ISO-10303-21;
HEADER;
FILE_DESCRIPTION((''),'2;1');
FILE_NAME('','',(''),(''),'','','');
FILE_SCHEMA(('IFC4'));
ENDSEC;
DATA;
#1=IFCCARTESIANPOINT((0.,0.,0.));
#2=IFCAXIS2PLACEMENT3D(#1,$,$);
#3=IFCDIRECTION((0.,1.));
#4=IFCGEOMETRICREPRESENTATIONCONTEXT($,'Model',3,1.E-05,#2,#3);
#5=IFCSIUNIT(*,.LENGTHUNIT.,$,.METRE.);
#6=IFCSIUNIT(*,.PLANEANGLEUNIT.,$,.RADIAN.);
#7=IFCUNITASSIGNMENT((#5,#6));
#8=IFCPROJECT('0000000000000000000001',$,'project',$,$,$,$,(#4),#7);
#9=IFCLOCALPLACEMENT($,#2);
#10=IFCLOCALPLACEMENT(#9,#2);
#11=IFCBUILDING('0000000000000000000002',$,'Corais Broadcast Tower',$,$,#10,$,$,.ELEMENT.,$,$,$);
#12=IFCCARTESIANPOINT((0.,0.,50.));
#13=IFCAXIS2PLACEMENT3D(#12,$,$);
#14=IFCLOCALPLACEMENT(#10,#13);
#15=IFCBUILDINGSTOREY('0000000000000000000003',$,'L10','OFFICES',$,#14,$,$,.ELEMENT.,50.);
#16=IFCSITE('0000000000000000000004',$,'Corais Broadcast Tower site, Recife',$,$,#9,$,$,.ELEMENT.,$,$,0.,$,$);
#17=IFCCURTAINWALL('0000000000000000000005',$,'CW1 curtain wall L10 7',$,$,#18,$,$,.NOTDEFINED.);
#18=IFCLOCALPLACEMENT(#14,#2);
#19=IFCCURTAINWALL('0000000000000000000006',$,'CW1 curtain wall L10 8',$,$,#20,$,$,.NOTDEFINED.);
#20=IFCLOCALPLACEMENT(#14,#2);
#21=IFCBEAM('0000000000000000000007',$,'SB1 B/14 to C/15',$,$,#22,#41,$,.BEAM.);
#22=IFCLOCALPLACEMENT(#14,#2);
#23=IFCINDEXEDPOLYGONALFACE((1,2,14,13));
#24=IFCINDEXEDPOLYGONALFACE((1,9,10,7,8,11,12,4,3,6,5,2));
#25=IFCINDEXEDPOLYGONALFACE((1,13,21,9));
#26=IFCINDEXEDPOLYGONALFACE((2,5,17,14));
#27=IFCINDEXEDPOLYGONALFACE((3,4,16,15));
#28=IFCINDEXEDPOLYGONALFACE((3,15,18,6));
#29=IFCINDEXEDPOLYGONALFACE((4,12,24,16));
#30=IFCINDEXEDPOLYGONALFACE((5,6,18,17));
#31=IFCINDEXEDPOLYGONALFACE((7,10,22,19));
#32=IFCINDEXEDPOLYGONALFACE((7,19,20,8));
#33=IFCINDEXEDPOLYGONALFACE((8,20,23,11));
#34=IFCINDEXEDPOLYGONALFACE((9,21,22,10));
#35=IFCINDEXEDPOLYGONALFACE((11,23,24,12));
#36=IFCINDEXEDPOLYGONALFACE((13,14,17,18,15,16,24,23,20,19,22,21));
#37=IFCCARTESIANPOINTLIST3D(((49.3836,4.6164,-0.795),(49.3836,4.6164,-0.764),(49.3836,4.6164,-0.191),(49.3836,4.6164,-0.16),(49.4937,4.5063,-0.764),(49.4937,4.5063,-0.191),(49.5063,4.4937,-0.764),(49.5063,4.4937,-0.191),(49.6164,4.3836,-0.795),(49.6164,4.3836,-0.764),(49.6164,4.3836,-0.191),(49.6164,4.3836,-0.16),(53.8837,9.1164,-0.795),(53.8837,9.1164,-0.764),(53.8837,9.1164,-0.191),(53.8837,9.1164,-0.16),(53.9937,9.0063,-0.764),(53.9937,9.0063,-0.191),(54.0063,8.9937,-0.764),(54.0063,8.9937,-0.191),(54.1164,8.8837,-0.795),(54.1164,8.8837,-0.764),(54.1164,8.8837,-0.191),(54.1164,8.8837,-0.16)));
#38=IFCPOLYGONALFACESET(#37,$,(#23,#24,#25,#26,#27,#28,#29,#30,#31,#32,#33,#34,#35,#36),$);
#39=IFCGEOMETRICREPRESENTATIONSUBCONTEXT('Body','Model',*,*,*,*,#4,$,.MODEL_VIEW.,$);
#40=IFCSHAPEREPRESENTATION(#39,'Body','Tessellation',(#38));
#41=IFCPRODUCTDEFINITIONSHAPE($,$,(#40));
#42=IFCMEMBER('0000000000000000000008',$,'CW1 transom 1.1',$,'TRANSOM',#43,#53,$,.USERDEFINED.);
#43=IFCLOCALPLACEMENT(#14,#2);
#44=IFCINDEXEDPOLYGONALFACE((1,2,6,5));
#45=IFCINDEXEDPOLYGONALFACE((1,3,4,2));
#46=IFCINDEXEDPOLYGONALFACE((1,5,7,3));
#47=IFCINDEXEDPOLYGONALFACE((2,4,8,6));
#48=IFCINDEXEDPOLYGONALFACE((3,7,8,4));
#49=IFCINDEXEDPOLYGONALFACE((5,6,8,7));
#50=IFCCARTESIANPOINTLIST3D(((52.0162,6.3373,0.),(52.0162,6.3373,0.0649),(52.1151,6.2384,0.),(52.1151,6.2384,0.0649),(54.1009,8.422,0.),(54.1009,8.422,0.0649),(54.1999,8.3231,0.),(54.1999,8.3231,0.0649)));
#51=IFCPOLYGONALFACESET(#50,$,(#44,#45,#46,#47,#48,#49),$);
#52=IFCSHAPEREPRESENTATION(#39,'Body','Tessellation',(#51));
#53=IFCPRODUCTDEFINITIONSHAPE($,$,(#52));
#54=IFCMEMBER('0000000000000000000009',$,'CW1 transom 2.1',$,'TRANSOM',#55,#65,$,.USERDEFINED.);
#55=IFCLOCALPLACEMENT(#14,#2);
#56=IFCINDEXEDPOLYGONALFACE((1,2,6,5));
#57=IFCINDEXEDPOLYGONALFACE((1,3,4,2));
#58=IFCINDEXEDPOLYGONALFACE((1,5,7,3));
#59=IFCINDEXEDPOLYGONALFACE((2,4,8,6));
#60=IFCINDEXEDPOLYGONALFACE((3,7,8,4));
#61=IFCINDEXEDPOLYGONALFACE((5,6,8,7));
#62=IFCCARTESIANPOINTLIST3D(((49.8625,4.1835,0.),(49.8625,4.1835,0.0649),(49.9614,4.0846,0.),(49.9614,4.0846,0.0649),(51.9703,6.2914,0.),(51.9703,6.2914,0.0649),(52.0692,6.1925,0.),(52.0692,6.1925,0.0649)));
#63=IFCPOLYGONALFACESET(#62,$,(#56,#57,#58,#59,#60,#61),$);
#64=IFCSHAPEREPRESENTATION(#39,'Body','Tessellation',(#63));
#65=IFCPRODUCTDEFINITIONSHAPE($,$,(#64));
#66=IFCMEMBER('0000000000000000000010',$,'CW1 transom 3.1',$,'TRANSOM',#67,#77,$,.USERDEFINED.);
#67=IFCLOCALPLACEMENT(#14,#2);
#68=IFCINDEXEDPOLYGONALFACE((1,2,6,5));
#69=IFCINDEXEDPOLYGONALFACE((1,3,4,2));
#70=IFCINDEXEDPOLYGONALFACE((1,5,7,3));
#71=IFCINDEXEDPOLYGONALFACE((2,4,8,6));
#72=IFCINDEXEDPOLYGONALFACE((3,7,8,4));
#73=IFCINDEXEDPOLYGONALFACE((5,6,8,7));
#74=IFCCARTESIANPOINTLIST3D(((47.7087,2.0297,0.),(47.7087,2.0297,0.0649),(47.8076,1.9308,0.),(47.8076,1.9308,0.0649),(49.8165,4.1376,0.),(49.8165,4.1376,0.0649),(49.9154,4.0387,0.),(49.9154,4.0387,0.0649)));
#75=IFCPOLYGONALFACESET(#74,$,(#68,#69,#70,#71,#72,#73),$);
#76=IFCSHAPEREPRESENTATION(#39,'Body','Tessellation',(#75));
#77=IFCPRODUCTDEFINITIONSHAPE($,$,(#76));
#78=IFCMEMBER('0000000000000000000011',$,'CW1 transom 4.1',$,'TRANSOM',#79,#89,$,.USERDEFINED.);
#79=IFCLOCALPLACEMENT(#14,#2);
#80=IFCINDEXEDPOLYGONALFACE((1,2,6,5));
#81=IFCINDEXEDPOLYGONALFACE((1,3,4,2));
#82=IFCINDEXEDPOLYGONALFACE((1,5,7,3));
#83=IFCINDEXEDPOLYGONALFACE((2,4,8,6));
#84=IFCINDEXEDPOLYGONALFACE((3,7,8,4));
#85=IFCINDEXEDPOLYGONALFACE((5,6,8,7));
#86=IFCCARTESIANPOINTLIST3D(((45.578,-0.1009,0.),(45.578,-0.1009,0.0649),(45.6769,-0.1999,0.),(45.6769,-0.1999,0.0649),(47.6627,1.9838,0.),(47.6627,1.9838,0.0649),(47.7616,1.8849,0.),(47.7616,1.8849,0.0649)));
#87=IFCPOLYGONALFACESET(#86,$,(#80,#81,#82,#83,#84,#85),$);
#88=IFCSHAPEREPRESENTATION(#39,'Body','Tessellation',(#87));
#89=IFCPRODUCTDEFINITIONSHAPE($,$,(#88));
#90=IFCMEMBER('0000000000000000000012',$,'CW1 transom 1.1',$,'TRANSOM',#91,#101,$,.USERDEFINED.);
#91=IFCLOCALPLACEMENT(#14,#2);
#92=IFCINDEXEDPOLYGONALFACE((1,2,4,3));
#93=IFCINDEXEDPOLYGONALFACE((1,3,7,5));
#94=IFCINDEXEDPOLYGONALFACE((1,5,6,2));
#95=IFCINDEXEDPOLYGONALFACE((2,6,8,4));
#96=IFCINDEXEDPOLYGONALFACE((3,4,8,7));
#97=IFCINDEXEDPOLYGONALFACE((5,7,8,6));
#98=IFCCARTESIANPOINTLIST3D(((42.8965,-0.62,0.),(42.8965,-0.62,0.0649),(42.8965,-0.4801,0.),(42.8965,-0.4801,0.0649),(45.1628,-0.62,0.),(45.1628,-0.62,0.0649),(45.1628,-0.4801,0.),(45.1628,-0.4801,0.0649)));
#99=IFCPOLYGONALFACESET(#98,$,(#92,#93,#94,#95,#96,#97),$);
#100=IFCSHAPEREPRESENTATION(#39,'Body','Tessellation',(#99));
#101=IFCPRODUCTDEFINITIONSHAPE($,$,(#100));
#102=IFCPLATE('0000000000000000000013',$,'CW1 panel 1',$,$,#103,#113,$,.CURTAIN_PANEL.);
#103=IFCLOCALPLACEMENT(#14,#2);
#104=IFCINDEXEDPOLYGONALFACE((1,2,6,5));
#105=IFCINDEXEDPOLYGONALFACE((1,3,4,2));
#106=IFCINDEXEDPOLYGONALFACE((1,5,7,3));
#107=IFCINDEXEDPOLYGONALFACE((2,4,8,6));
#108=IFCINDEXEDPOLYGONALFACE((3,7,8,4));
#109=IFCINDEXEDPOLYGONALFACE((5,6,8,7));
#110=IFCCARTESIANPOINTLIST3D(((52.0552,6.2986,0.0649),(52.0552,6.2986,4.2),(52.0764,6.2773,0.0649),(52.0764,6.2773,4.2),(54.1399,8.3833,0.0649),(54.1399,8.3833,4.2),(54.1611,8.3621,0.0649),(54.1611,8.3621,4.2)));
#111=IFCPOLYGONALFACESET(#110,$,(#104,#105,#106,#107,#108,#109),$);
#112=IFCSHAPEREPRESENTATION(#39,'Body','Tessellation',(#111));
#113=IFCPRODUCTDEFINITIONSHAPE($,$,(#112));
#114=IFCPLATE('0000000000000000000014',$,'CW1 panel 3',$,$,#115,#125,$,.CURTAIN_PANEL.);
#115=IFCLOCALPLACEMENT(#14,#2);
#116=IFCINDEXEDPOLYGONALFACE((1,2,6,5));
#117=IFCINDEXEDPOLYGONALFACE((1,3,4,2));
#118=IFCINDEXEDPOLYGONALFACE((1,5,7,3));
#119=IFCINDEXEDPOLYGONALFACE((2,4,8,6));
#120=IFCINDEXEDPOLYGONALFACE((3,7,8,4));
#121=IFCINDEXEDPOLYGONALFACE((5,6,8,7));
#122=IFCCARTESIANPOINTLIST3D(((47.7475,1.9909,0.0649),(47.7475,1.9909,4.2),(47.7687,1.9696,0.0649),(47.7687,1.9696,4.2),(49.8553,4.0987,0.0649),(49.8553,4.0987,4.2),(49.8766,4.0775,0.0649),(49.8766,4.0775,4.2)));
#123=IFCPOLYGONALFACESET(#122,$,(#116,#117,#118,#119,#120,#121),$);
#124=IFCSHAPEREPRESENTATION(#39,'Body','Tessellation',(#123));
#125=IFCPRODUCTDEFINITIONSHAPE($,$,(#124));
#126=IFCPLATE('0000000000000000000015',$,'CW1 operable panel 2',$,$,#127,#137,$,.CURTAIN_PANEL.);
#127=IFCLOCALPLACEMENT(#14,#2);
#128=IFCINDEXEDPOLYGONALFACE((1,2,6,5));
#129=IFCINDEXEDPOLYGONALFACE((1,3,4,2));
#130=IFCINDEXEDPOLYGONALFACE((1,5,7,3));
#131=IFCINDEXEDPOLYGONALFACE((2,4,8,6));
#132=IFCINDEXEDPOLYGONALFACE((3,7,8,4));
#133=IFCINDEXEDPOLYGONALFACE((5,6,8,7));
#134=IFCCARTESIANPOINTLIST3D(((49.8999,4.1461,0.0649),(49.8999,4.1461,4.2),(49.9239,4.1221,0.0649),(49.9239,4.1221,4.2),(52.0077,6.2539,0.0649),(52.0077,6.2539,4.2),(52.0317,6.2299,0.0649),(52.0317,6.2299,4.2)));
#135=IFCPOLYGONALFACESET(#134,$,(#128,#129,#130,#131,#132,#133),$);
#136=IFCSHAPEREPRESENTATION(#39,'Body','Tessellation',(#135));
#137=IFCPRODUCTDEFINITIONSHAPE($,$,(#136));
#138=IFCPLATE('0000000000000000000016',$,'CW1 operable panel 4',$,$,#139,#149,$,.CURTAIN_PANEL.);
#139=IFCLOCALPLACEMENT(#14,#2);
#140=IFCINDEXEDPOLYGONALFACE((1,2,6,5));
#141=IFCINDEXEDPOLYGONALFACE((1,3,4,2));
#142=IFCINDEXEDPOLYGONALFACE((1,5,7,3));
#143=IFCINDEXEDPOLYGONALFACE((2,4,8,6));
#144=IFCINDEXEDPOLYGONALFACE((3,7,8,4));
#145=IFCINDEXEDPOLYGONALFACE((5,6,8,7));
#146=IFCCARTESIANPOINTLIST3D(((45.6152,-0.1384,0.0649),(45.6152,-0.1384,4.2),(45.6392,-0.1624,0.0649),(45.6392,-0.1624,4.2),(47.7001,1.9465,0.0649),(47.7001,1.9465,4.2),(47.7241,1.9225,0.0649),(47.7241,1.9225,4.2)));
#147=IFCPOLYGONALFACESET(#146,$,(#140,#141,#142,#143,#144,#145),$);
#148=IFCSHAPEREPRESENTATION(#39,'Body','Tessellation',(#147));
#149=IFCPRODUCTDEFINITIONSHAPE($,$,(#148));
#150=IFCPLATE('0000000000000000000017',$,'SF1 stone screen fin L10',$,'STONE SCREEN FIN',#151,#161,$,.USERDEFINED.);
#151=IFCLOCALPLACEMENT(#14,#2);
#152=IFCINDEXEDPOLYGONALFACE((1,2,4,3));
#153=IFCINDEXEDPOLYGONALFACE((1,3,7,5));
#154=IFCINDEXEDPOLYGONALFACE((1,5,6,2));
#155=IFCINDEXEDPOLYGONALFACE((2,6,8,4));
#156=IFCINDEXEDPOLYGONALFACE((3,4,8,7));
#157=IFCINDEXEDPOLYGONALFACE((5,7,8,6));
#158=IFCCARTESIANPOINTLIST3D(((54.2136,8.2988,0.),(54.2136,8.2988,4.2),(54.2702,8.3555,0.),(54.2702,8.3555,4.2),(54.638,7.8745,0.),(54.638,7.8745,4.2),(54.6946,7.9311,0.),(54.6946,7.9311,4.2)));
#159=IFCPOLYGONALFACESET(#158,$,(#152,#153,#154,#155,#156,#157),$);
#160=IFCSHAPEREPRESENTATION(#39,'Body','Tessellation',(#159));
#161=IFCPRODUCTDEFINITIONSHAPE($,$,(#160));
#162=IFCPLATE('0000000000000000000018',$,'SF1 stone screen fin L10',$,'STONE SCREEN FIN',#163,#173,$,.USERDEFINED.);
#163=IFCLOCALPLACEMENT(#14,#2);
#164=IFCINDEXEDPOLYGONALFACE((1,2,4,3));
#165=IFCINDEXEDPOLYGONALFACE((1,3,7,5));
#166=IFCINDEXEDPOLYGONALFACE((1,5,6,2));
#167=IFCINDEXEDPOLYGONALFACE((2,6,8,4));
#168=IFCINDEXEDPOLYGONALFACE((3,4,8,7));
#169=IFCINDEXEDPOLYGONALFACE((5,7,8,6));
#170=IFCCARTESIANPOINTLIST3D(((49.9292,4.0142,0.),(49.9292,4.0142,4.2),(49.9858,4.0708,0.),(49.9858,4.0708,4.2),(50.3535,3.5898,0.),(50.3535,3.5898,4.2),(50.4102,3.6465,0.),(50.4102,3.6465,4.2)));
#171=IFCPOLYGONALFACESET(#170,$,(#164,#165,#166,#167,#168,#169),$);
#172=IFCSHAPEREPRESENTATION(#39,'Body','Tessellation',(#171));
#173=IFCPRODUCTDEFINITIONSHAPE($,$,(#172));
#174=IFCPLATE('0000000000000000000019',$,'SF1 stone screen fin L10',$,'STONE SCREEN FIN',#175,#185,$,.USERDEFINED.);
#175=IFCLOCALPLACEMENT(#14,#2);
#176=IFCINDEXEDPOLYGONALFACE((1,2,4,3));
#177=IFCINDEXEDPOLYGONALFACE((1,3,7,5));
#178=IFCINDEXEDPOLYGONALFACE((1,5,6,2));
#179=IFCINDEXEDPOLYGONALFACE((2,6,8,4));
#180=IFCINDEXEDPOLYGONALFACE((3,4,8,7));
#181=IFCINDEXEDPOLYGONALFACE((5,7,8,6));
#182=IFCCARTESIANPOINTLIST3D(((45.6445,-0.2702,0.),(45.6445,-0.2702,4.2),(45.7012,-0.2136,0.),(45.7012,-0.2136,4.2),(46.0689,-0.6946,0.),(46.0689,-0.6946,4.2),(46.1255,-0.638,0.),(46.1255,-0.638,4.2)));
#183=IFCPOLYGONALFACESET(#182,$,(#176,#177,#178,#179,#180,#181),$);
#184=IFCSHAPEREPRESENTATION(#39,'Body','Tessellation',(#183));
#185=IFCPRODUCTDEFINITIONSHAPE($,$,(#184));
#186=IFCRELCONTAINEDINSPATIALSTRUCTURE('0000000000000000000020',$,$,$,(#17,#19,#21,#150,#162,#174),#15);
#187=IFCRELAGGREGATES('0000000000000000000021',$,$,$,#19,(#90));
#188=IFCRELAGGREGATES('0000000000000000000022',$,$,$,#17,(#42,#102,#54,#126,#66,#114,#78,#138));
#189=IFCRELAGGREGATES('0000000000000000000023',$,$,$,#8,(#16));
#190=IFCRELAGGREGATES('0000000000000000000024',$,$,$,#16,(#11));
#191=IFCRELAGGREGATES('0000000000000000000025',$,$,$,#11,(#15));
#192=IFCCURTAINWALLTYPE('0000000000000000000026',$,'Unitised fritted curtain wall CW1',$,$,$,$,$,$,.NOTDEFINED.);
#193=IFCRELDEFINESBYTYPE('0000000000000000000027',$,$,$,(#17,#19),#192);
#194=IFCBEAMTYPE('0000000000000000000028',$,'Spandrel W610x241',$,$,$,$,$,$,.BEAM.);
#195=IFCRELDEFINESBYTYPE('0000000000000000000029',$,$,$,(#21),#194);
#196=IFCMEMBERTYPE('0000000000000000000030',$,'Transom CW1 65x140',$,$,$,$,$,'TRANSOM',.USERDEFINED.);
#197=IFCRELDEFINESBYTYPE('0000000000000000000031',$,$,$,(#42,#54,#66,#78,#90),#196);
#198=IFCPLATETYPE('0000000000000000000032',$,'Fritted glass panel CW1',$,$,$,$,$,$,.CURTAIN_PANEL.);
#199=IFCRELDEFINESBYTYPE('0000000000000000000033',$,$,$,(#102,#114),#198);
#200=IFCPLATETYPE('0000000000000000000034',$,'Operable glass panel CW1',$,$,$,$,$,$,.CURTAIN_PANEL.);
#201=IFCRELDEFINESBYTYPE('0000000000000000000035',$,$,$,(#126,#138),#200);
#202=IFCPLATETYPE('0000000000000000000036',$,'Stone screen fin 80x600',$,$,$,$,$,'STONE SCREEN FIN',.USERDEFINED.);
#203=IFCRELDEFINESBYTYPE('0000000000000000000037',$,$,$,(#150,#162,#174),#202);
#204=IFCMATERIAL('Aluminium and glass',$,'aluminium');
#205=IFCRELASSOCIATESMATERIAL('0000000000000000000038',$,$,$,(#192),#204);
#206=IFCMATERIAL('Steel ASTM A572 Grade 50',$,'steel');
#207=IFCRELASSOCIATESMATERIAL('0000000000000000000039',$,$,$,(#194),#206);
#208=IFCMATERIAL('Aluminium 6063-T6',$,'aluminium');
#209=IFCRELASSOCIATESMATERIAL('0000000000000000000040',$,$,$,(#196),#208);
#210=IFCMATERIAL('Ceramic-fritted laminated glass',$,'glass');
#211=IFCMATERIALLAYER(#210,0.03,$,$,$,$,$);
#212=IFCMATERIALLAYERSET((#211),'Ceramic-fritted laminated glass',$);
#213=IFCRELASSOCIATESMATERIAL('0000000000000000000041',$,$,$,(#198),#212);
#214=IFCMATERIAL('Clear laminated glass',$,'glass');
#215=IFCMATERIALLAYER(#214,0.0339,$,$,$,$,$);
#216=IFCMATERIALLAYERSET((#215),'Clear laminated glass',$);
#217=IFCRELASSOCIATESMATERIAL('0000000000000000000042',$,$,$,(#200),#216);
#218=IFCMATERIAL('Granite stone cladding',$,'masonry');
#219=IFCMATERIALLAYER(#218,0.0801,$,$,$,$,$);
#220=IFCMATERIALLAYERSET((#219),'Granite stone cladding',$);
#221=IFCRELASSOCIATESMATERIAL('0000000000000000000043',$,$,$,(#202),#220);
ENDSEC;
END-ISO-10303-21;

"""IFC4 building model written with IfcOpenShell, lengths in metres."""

from ifc_helpers import new_model, si_unit, direction, frame, origin, origin_2d, place, context, subcontext, project, spatial, rectangle, i_section, extrude, material, layer, layer_set, material_profile, profile_set, type_object, element, aggregate, save


model = new_model("IFC4")

# Units and contexts
model_context = context("Model", 3, precision=1e-05, world=origin(), true_north=direction((0.0, 1.0)))
body_context = subcontext(model_context, "Body", "Model", "MODEL_VIEW")
ifc_project = project(units=[si_unit("LENGTHUNIT", "METRE"), si_unit("PLANEANGLEUNIT", "RADIAN")], contexts=[model_context])

# Site, building, storey
site_placement = place(None, origin())
site = spatial("IfcSite", under=ifc_project, at=site_placement, Name="Corais Broadcast Tower site, Recife", CompositionType="ELEMENT", RefElevation=0.0)
building_placement = place(site_placement, origin())
building = spatial("IfcBuilding", under=site, at=building_placement, Name="Corais Broadcast Tower", CompositionType="ELEMENT")
storey_placement = place(building_placement, frame((0.0, 0.0, 50.0)))
storey = spatial("IfcBuildingStorey", under=building, at=storey_placement, Name="L10", Description="OFFICES", CompositionType="ELEMENT", Elevation=50.0)

# Shared definitions
ifc_material_1 = material(Name="Aluminium and glass", Category="aluminium")
curtain_wall_type = type_object("IfcCurtainWallType", Name="Unitised fritted curtain wall CW1", PredefinedType="NOTDEFINED", material=ifc_material_1)

# Curtain wall
curtain_wall_1_placement = place(storey_placement, origin())
curtain_wall_1 = element("IfcCurtainWall", 1, at=curtain_wall_1_placement, inside=storey, type_object=curtain_wall_type, Name="CW1 curtain wall L10 7", PredefinedType="NOTDEFINED")

# Curtain wall
curtain_wall_2_placement = place(storey_placement, origin())
curtain_wall_2 = element("IfcCurtainWall", 2, at=curtain_wall_2_placement, inside=storey, type_object=curtain_wall_type, Name="CW1 curtain wall L10 8", PredefinedType="NOTDEFINED")

# Beam
ifc_material_2 = material(Name="Steel ASTM A572 Grade 50", Category="steel")
ifc_material_profile_1 = material_profile(ifc_material_2, i_section(OverallWidth=0.3291, OverallDepth=0.635, WebThickness=0.0178, FlangeThickness=0.031, at=origin_2d()), Name="W610x241")
ifc_profile_set_1 = profile_set([ifc_material_profile_1], Name="Steel ASTM A572 Grade 50")
beam_type_1 = type_object("IfcBeamType", Name="Spandrel W610x241", PredefinedType="BEAM", material=ifc_profile_set_1)
for number, where, z_axis, x_axis, name in (
    (3, (49.5, 4.5, -0.4775), (0.707107, 0.707107, 0.0), (-0.707107, 0.707107, 0.0), "SB1 B/14 to C/15"),
):
    element("IfcBeam", number, at=place(storey_placement, frame(where, z_axis=z_axis, x_axis=x_axis)), inside=storey, type_object=beam_type_1, Name=name, PredefinedType="BEAM", context=body_context, shape_type="SweptSolid", body=[
        extrude(i_section(OverallWidth=0.3291, OverallDepth=0.635, WebThickness=0.0178, FlangeThickness=0.031, at=origin_2d()), origin(), (0.0, 0.0, 1.0), 6.364),
    ])

# Members
ifc_material_3 = material(Name="Aluminium 6063-T6", Category="aluminium")
ifc_material_profile_2 = material_profile(ifc_material_3, rectangle(XDim=0.1399, YDim=0.0649, at=origin_2d()), Name="Transom CW1 65x140")
ifc_profile_set_2 = profile_set([ifc_material_profile_2], Name="Aluminium 6063-T6")
member_type_1 = type_object("IfcMemberType", Name="Transom CW1 65x140", ElementType="TRANSOM", PredefinedType="USERDEFINED", material=ifc_profile_set_2)
member_1_placement = place(storey_placement, frame((54.1504, 8.3726, 0.0325), z_axis=(-0.707107, -0.707107, 0.0), x_axis=(0.707107, -0.707107, 0.0)))
member_1 = element("IfcMember", 4, at=member_1_placement, type_object=member_type_1, Name="CW1 transom 1.1", ObjectType="TRANSOM", PredefinedType="USERDEFINED", context=body_context, shape_type="SweptSolid", body=[
    extrude(rectangle(XDim=0.1399, YDim=0.0649, at=origin_2d()), origin(), (0.0, 0.0, 1.0), 2.9482),
])
member_2_placement = place(storey_placement, frame((52.0198, 6.2419, 0.0325), z_axis=(-0.707107, -0.707107, 0.0), x_axis=(0.707107, -0.707107, 0.0)))
member_2 = element("IfcMember", 5, at=member_2_placement, type_object=member_type_1, Name="CW1 transom 2.1", ObjectType="TRANSOM", PredefinedType="USERDEFINED", context=body_context, shape_type="SweptSolid", body=[
    extrude(rectangle(XDim=0.1399, YDim=0.0649, at=origin_2d()), origin(), (0.0, 0.0, 1.0), 2.981),
])
member_3_placement = place(storey_placement, frame((49.866, 4.0881, 0.0325), z_axis=(-0.707107, -0.707107, 0.0), x_axis=(0.707107, -0.707107, 0.0)))
member_3 = element("IfcMember", 6, at=member_3_placement, type_object=member_type_1, Name="CW1 transom 3.1", ObjectType="TRANSOM", PredefinedType="USERDEFINED", context=body_context, shape_type="SweptSolid", body=[
    extrude(rectangle(XDim=0.1399, YDim=0.0649, at=origin_2d()), origin(), (0.0, 0.0, 1.0), 2.981),
])
member_4_placement = place(storey_placement, frame((47.7122, 1.9343, 0.0325), z_axis=(-0.707107, -0.707107, 0.0), x_axis=(0.707107, -0.707107, 0.0)))
member_4 = element("IfcMember", 7, at=member_4_placement, type_object=member_type_1, Name="CW1 transom 4.1", ObjectType="TRANSOM", PredefinedType="USERDEFINED", context=body_context, shape_type="SweptSolid", body=[
    extrude(rectangle(XDim=0.1399, YDim=0.0649, at=origin_2d()), origin(), (0.0, 0.0, 1.0), 2.9482),
])
member_5_placement = place(storey_placement, frame((45.1628, -0.55, 0.0325), z_axis=(-1.0, 0.0, 0.0), x_axis=(0.0, -1.0, 0.0)))
member_5 = element("IfcMember", 8, at=member_5_placement, type_object=member_type_1, Name="CW1 transom 1.1", ObjectType="TRANSOM", PredefinedType="USERDEFINED", context=body_context, shape_type="SweptSolid", body=[
    extrude(rectangle(XDim=0.1399, YDim=0.0649, at=origin_2d()), origin(), (0.0, 0.0, 1.0), 2.2664),
])
aggregate(curtain_wall_2, [member_5])

# Plates
ifc_material_4 = material(Name="Ceramic-fritted laminated glass", Category="glass")
ifc_layer_1 = layer(ifc_material_4, 0.03)
ifc_layer_set_1 = layer_set([ifc_layer_1], Name="Ceramic-fritted laminated glass")
plate_type_1 = type_object("IfcPlateType", Name="Fritted glass panel CW1", PredefinedType="CURTAIN_PANEL", material=ifc_layer_set_1)
plate_1_placement = place(storey_placement, frame((53.1082, 7.3303, 0.0649), z_axis=(0.0, 0.0, 1.0), x_axis=(-0.707107, -0.707107, 0.0)))
plate_1 = element("IfcPlate", 9, at=plate_1_placement, type_object=plate_type_1, Name="CW1 panel 1", PredefinedType="CURTAIN_PANEL", context=body_context, shape_type="SweptSolid", body=[
    extrude(rectangle(XDim=2.9482, YDim=0.03, at=origin_2d()), origin(), (0.0, 0.0, 1.0), 4.135),
])
plate_2_placement = place(storey_placement, frame((48.812, 3.0342, 0.0649), z_axis=(0.0, 0.0, 1.0), x_axis=(-0.707107, -0.707107, 0.0)))
plate_2 = element("IfcPlate", 10, at=plate_2_placement, type_object=plate_type_1, Name="CW1 panel 3", PredefinedType="CURTAIN_PANEL", context=body_context, shape_type="SweptSolid", body=[
    extrude(rectangle(XDim=2.981, YDim=0.03, at=origin_2d()), origin(), (0.0, 0.0, 1.0), 4.135),
])
ifc_material_5 = material(Name="Clear laminated glass", Category="glass")
ifc_layer_2 = layer(ifc_material_5, 0.0339)
ifc_layer_set_2 = layer_set([ifc_layer_2], Name="Clear laminated glass")
plate_type_2 = type_object("IfcPlateType", Name="Operable glass panel CW1", PredefinedType="CURTAIN_PANEL", material=ifc_layer_set_2)
plate_3_placement = place(storey_placement, frame((50.9658, 5.188, 0.0649), z_axis=(0.0, 0.0, 1.0), x_axis=(-0.707107, -0.707107, 0.0)))
plate_3 = element("IfcPlate", 11, at=plate_3_placement, type_object=plate_type_2, Name="CW1 operable panel 2", PredefinedType="CURTAIN_PANEL", context=body_context, shape_type="SweptSolid", body=[
    extrude(rectangle(XDim=2.981, YDim=0.0339, at=origin_2d()), origin(), (0.0, 0.0, 1.0), 4.135),
])
plate_4_placement = place(storey_placement, frame((46.6697, 0.8921, 0.0649), z_axis=(0.0, 0.0, 1.0), x_axis=(-0.707107, -0.707107, 0.0)))
plate_4 = element("IfcPlate", 12, at=plate_4_placement, type_object=plate_type_2, Name="CW1 operable panel 4", PredefinedType="CURTAIN_PANEL", context=body_context, shape_type="SweptSolid", body=[
    extrude(rectangle(XDim=2.9485, YDim=0.0339, at=origin_2d()), origin(), (0.0, 0.0, 1.0), 4.135),
])
aggregate(curtain_wall_1, [member_1, plate_1, member_2, plate_3, member_3, plate_2, member_4, plate_4])

# Plates
ifc_material_6 = material(Name="Granite stone cladding", Category="masonry")
ifc_layer_3 = layer(ifc_material_6, 0.0801)
ifc_layer_set_3 = layer_set([ifc_layer_3], Name="Granite stone cladding")
plate_type_3 = type_object("IfcPlateType", Name="Stone screen fin 80x600", ElementType="STONE SCREEN FIN", PredefinedType="USERDEFINED", material=ifc_layer_set_3)
for number, where, z_axis, x_axis, name in (
    (13, (54.4541, 8.115, 0.0), (0.0, 0.0, 1.0), (-0.707107, -0.707107, 0.0), "SF1 stone screen fin L10"),
    (14, (50.1697, 3.8303, 0.0), (0.0, 0.0, 1.0), (-0.707107, -0.707107, 0.0), "SF1 stone screen fin L10"),
    (15, (45.885, -0.4541, 0.0), (0.0, 0.0, 1.0), (-0.707107, -0.707107, 0.0), "SF1 stone screen fin L10"),
):
    element("IfcPlate", number, at=place(storey_placement, frame(where, z_axis=z_axis, x_axis=x_axis)), inside=storey, type_object=plate_type_3, Name=name, ObjectType="STONE SCREEN FIN", PredefinedType="USERDEFINED", context=body_context, shape_type="SweptSolid", body=[
        extrude(rectangle(XDim=0.0801, YDim=0.6001, at=origin_2d()), origin(), (0.0, 0.0, 1.0), 4.2),
    ])

save(model, "model.ifc")
